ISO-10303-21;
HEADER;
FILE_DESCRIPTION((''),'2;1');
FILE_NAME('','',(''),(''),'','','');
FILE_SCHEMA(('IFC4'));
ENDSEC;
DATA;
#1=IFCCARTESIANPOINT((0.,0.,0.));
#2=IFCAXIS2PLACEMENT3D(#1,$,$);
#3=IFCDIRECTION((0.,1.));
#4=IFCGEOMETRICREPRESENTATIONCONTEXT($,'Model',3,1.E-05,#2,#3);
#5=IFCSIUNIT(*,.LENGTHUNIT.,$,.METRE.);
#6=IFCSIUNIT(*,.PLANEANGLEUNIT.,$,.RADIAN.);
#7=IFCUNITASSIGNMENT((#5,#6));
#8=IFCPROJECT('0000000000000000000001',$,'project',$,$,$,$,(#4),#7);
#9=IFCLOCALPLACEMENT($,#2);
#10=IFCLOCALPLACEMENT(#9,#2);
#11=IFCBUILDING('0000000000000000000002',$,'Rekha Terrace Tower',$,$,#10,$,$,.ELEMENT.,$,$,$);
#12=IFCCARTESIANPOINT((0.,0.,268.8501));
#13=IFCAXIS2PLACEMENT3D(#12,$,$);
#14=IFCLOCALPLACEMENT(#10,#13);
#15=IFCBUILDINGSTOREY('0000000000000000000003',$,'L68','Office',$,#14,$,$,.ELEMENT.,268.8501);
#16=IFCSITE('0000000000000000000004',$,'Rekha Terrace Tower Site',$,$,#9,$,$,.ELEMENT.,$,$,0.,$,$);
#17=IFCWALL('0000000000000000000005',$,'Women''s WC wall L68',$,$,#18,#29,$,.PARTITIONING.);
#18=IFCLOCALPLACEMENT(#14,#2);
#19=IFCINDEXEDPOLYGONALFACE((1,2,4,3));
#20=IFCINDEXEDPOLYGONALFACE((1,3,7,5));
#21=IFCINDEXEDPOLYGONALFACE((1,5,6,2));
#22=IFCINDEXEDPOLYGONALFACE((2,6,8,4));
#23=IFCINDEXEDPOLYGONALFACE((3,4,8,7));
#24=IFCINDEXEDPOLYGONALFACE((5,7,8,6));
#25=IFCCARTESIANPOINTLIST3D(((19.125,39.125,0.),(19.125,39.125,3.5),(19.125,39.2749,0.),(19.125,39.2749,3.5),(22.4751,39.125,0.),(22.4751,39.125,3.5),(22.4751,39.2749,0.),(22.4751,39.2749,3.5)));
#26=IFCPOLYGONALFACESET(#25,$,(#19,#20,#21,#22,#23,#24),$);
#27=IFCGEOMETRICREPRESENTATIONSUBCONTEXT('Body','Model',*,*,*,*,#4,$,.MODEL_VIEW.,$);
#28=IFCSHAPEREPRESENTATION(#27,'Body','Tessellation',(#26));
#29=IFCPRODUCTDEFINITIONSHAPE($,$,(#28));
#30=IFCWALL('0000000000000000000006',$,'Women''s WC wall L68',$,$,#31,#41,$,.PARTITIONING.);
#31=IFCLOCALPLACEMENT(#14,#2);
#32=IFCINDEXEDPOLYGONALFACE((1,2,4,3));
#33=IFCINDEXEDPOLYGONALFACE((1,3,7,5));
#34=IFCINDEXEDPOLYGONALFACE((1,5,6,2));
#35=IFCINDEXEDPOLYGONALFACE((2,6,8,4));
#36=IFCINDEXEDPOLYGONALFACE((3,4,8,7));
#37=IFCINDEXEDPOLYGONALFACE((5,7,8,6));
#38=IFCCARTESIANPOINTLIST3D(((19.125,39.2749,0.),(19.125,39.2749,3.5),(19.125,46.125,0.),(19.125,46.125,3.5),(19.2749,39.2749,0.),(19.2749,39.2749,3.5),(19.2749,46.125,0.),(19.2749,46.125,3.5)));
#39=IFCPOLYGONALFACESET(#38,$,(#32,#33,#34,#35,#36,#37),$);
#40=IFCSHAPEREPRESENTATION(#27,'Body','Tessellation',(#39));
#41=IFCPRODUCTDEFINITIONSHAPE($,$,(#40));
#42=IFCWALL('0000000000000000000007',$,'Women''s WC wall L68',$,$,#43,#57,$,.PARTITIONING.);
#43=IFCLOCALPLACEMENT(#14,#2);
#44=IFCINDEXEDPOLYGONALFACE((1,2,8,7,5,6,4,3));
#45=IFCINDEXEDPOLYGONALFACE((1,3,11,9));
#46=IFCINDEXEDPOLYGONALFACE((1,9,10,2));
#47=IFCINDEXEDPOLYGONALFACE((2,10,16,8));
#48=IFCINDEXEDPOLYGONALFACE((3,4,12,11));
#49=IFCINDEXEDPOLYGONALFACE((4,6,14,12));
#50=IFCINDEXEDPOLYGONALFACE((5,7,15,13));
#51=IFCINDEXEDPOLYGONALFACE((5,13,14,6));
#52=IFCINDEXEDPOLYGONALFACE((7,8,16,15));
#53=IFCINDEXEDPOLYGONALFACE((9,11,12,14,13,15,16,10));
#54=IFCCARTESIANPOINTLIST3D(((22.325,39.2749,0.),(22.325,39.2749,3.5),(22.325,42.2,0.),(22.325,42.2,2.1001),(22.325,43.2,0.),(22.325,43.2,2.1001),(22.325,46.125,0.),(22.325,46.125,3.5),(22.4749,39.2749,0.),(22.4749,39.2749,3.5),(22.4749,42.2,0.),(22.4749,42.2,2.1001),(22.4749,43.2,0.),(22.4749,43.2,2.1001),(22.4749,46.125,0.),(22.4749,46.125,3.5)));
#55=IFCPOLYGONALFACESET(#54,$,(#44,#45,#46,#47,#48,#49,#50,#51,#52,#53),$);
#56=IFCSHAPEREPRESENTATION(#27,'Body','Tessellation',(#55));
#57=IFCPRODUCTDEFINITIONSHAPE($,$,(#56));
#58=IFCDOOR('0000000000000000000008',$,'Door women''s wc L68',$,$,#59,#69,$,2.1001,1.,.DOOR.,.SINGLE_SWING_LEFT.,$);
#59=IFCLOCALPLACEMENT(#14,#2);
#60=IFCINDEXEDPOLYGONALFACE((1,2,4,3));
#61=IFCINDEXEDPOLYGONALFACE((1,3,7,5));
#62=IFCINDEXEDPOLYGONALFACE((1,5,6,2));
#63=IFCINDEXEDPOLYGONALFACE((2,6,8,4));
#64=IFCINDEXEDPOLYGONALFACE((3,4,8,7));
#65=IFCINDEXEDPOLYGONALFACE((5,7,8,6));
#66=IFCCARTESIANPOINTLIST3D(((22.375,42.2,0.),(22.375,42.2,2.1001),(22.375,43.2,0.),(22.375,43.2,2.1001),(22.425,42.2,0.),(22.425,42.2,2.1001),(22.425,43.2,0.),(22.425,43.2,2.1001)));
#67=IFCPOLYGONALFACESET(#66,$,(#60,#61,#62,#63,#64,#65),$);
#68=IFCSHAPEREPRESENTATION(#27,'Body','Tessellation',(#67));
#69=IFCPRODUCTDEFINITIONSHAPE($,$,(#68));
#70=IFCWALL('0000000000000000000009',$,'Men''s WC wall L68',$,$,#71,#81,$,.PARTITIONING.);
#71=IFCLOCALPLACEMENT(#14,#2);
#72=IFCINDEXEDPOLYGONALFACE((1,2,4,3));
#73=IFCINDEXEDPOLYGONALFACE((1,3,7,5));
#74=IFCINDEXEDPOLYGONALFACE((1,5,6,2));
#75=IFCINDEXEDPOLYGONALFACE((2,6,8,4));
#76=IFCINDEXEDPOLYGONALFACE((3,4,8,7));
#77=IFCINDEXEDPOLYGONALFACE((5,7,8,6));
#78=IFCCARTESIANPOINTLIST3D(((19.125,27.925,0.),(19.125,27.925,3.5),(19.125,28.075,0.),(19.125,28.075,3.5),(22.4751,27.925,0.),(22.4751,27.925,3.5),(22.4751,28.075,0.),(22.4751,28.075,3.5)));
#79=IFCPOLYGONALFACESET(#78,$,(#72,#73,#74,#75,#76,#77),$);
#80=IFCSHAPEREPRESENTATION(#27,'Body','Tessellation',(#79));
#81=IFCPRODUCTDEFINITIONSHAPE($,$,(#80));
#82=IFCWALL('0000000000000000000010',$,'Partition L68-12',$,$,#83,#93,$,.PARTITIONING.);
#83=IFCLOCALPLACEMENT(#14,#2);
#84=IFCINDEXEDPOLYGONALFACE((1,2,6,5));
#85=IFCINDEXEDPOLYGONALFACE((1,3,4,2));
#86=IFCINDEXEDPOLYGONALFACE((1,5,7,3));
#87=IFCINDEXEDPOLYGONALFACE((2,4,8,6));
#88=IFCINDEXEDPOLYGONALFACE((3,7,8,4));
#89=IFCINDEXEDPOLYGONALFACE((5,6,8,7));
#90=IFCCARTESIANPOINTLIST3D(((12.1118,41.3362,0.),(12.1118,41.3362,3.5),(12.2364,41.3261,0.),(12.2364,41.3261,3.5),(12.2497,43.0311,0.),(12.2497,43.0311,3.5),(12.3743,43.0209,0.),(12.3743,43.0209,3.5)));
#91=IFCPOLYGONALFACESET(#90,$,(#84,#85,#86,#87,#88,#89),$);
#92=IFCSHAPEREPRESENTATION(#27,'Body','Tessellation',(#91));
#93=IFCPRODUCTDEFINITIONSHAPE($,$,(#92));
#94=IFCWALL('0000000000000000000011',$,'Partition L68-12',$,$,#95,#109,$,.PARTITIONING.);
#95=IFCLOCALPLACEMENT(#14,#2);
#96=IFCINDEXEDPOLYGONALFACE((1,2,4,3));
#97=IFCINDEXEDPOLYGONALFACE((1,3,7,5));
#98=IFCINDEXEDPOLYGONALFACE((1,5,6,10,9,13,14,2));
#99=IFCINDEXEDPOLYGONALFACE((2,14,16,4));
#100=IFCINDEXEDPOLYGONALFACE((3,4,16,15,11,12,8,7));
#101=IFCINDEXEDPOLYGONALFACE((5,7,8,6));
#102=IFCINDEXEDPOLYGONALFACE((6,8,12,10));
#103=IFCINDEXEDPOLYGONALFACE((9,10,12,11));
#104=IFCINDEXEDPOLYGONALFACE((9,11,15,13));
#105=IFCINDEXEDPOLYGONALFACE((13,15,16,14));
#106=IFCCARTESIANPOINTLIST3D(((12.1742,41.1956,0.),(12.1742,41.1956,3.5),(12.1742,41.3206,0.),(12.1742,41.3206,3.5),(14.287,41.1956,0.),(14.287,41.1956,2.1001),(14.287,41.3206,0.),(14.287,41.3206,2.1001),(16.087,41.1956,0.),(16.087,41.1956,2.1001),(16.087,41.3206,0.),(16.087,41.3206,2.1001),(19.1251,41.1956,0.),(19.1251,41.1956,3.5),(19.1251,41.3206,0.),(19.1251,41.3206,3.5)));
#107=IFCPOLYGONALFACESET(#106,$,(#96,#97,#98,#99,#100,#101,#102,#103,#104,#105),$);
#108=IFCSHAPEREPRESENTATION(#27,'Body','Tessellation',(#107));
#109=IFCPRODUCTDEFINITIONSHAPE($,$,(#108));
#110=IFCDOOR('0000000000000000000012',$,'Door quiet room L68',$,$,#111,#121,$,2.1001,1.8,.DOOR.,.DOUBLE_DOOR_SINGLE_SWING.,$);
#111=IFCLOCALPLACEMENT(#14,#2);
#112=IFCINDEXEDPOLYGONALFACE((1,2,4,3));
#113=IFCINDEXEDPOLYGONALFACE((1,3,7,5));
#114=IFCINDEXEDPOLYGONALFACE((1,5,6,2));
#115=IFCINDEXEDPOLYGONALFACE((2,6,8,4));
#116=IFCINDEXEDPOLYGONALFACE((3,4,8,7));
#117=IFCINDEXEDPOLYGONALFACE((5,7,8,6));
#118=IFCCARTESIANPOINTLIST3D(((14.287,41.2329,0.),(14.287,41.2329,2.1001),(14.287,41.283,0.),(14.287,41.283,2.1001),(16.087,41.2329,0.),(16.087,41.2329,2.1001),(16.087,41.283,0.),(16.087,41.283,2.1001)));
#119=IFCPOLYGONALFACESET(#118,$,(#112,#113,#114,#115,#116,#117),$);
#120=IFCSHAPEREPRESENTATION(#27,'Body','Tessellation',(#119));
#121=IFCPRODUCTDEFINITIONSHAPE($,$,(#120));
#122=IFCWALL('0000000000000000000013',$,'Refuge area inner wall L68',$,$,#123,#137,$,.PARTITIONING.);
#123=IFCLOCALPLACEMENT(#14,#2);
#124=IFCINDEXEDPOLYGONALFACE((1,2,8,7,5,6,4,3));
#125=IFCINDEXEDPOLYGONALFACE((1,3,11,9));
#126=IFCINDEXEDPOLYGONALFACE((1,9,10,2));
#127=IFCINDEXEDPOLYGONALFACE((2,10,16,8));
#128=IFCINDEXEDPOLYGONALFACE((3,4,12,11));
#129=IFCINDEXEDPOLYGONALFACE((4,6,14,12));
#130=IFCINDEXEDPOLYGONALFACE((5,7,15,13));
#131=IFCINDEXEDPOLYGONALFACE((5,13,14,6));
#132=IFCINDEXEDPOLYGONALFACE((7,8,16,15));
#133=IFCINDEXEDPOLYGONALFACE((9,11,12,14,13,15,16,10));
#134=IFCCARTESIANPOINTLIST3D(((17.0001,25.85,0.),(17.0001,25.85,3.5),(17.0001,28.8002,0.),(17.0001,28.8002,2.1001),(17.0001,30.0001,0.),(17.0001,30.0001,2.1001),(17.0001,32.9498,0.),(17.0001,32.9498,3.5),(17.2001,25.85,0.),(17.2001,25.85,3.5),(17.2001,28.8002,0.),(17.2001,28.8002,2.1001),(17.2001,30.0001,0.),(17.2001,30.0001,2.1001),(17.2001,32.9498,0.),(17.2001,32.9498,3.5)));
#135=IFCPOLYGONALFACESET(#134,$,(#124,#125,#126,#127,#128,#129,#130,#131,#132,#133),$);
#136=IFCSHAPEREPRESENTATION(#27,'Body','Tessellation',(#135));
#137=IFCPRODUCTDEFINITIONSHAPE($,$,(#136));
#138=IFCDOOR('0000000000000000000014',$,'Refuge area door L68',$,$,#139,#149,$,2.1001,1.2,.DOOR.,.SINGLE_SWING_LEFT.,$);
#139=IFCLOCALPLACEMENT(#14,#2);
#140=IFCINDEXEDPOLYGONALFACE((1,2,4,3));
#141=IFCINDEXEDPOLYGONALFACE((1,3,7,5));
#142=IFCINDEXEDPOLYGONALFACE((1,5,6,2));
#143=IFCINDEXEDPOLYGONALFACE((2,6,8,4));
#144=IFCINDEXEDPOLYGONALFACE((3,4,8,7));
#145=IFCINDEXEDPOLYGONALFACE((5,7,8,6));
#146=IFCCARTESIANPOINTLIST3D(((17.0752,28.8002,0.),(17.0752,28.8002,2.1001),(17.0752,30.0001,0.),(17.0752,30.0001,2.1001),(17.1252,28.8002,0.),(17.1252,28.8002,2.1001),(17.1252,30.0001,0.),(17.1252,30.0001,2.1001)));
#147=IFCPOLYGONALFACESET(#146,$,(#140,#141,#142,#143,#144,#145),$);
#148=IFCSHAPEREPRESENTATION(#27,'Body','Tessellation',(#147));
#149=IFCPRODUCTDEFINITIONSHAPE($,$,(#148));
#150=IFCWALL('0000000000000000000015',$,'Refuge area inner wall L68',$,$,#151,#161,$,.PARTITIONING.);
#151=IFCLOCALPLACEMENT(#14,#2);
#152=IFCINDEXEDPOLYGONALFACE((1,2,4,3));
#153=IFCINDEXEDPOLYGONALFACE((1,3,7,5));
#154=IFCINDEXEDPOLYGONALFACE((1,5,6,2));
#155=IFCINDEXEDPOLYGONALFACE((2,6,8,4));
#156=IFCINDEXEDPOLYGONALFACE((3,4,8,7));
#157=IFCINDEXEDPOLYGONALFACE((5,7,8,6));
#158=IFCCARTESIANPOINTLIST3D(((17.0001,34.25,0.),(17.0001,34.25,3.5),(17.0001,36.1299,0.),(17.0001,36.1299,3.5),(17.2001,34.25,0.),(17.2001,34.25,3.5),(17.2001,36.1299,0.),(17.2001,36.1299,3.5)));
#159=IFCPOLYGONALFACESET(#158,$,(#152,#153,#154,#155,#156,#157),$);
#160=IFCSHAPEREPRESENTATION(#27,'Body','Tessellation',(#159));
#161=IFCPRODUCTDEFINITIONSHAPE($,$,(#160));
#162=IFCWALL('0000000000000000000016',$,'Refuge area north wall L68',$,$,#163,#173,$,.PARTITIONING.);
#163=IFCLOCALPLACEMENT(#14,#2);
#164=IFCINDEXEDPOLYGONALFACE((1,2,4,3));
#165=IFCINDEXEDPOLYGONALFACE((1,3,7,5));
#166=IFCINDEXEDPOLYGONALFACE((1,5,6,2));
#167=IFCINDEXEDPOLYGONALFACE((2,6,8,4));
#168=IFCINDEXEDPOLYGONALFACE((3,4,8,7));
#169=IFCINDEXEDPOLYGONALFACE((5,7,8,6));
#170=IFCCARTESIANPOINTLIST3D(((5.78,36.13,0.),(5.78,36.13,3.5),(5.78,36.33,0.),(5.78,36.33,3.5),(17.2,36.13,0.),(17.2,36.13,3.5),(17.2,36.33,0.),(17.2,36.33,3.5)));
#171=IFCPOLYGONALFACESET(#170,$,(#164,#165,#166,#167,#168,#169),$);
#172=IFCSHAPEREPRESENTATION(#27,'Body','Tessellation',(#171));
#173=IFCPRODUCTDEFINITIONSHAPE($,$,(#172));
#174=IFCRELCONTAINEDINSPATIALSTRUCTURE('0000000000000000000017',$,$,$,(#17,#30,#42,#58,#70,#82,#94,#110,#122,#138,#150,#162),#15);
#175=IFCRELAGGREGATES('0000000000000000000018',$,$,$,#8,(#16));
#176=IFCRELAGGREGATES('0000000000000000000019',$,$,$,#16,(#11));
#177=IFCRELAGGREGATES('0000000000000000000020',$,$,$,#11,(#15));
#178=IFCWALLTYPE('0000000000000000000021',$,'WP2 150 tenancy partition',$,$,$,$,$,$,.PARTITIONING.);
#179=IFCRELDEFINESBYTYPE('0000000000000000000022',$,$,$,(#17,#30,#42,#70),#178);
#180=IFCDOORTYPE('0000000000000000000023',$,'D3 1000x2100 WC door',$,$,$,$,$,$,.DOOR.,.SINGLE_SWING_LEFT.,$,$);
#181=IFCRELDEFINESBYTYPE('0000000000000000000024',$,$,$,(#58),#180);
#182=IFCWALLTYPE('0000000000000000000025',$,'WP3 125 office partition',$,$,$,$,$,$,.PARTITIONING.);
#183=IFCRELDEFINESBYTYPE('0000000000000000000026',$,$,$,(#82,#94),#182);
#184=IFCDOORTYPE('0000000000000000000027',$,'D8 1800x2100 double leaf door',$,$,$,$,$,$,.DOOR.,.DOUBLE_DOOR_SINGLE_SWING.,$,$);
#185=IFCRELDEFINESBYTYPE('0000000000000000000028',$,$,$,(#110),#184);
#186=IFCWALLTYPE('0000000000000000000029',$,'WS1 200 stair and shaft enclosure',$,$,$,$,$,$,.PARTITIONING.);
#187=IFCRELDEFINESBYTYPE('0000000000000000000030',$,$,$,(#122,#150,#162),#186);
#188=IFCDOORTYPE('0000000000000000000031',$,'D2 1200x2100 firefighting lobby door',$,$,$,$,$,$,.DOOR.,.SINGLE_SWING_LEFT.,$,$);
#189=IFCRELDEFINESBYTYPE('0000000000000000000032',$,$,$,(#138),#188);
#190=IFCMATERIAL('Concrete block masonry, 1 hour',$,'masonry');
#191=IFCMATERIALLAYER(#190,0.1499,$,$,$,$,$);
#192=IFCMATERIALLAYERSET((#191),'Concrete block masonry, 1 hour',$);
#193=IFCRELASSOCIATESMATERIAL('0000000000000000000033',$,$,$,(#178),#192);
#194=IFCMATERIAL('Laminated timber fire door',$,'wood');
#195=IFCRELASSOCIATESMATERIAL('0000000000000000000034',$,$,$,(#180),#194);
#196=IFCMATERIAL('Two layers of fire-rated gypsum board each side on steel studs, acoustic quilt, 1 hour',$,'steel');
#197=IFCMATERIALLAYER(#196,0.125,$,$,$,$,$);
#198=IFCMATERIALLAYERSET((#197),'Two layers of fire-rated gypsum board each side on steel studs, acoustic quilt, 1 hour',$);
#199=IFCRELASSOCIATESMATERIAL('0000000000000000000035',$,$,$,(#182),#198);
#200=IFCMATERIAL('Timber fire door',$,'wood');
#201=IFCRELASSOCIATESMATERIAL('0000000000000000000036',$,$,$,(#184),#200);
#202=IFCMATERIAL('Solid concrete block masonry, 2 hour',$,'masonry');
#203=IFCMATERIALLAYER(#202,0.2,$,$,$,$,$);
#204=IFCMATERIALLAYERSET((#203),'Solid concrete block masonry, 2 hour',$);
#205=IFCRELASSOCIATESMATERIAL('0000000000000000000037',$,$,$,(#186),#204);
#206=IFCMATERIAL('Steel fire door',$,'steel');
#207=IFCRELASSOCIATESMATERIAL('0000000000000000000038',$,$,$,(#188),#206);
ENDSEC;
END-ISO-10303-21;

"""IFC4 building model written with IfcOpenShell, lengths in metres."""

from ifc_helpers import new_model, si_unit, direction, frame, frame_2d, origin, place, context, subcontext, project, spatial, rectangle, extrude, material, layer, layer_set, type_object, element, fill, save


model = new_model("IFC4")

# Units and contexts
model_context = context("Model", 3, precision=1e-05, world=origin(), true_north=direction((0.0, 1.0)))
body_context = subcontext(model_context, "Body", "Model", "MODEL_VIEW")
ifc_project = project(units=[si_unit("LENGTHUNIT", "METRE"), si_unit("PLANEANGLEUNIT", "RADIAN")], contexts=[model_context])

# Site, building, storey
site_placement = place(None, origin())
site = spatial("IfcSite", under=ifc_project, at=site_placement, Name="Rekha Terrace Tower Site", CompositionType="ELEMENT", RefElevation=0.0)
building_placement = place(site_placement, origin())
building = spatial("IfcBuilding", under=site, at=building_placement, Name="Rekha Terrace Tower", CompositionType="ELEMENT")
storey_placement = place(building_placement, frame((0.0, 0.0, 268.8501)))
storey = spatial("IfcBuildingStorey", under=building, at=storey_placement, Name="L68", Description="Office", CompositionType="ELEMENT", Elevation=268.8501)

# Shared definitions
ifc_material_1 = material(Name="Steel fire door", Category="steel")

# Walls
ifc_material_2 = material(Name="Concrete block masonry, 1 hour", Category="masonry")
ifc_layer_1 = layer(ifc_material_2, 0.1499)
ifc_layer_set_1 = layer_set([ifc_layer_1], Name="Concrete block masonry, 1 hour")
wall_type_1 = type_object("IfcWallType", Name="WP2 150 tenancy partition", PredefinedType="PARTITIONING", material=ifc_layer_set_1)
wall_1_placement = place(storey_placement, frame((19.125, 39.2, 0.0), z_axis=(0.0, 0.0, 1.0), x_axis=(1.0, 0.0, 0.0)))
element("IfcWall", 1, at=wall_1_placement, inside=storey, type_object=wall_type_1, Name="Women's WC wall L68", PredefinedType="PARTITIONING", context=body_context, shape_type="SweptSolid", body=[
    extrude(rectangle(XDim=3.3501, YDim=0.1499, at=frame_2d((1.675, 0.0))), origin(), (0.0, 0.0, 1.0), 3.5),
])
wall_2_placement = place(storey_placement, frame((19.2, 39.2749, 0.0), z_axis=(0.0, 0.0, 1.0), x_axis=(0.0, 1.0, 0.0)))
element("IfcWall", 2, at=wall_2_placement, inside=storey, type_object=wall_type_1, Name="Women's WC wall L68", PredefinedType="PARTITIONING", context=body_context, shape_type="SweptSolid", body=[
    extrude(rectangle(XDim=6.8501, YDim=0.1499, at=frame_2d((3.425, 0.0))), origin(), (0.0, 0.0, 1.0), 3.5),
])

# Wall, opening, door
wall_3_placement = place(storey_placement, frame((22.3999, 39.2749, 0.0), z_axis=(0.0, 0.0, 1.0), x_axis=(0.0, 1.0, 0.0)))
wall_3 = element("IfcWall", 3, at=wall_3_placement, inside=storey, type_object=wall_type_1, Name="Women's WC wall L68", PredefinedType="PARTITIONING", context=body_context, shape_type="SweptSolid", body=[
    extrude(rectangle(XDim=6.8501, YDim=0.1499, at=frame_2d((3.425, 0.0))), origin(), (0.0, 0.0, 1.0), 3.5),
])
opening_1_placement = place(wall_3_placement, frame((2.925, 0.0, 0.0)))
opening_1 = element("IfcOpeningElement", 4, at=opening_1_placement, cuts=wall_3, PredefinedType="OPENING", context=body_context, shape_type="SweptSolid", body=[
    extrude(rectangle(XDim=1.0, YDim=2.1001, at=frame_2d((0.5, 1.05))), frame((0.0, 0.085, 0.0), z_axis=(0.0, -1.0, 0.0), x_axis=(1.0, 0.0, 0.0)), (0.0, 0.0, 1.0), 0.1699),
])
ifc_material_3 = material(Name="Laminated timber fire door", Category="wood")
door_type_1 = type_object("IfcDoorType", Name="D3 1000x2100 WC door", OperationType="SINGLE_SWING_LEFT", PredefinedType="DOOR", material=ifc_material_3)
door_1_placement = place(opening_1_placement, origin())
door_1 = element("IfcDoor", 5, at=door_1_placement, inside=storey, type_object=door_type_1, Name="Door women's wc L68", OperationType="SINGLE_SWING_LEFT", OverallHeight=2.1001, OverallWidth=1.0, PredefinedType="DOOR", context=body_context, shape_type="SweptSolid", body=[
    extrude(rectangle(XDim=1.0, YDim=2.1001, at=frame_2d((0.5, 1.05))), frame((0.0, 0.0249, 0.0), z_axis=(0.0, -1.0, 0.0), x_axis=(1.0, 0.0, 0.0)), (0.0, 0.0, 1.0), 0.05),
])
fill(opening_1, door_1)

# Walls
wall_4_placement = place(storey_placement, frame((19.125, 28.0, 0.0), z_axis=(0.0, 0.0, 1.0), x_axis=(1.0, 0.0, 0.0)))
element("IfcWall", 6, at=wall_4_placement, inside=storey, type_object=wall_type_1, Name="Men's WC wall L68", PredefinedType="PARTITIONING", context=body_context, shape_type="SweptSolid", body=[
    extrude(rectangle(XDim=3.3501, YDim=0.1499, at=frame_2d((1.675, 0.0))), origin(), (0.0, 0.0, 1.0), 3.5),
])
ifc_material_4 = material(Name="Two layers of fire-rated gypsum board each side on steel studs, acoustic quilt, 1 hour", Category="steel")
ifc_layer_2 = layer(ifc_material_4, 0.125)
ifc_layer_set_2 = layer_set([ifc_layer_2], Name="Two layers of fire-rated gypsum board each side on steel studs, acoustic quilt, 1 hour")
wall_type_2 = type_object("IfcWallType", Name="WP3 125 office partition", PredefinedType="PARTITIONING", material=ifc_layer_set_2)
wall_5_placement = place(storey_placement, frame((12.312, 43.0259, 0.0), z_axis=(0.0, 0.0, 1.0), x_axis=(-0.08112, -0.996704, 0.0)))
element("IfcWall", 7, at=wall_5_placement, inside=storey, type_object=wall_type_2, Name="Partition L68-12", PredefinedType="PARTITIONING", context=body_context, shape_type="SweptSolid", body=[
    extrude(rectangle(XDim=1.7004, YDim=0.125, at=frame_2d((0.8501, 0.0))), origin(), (0.0, 0.0, 1.0), 3.5),
])

# Walls, openings, doors
wall_6_placement = place(storey_placement, frame((12.1741, 41.2581, 0.0), z_axis=(0.0, 0.0, 1.0), x_axis=(1.0, 0.0, 0.0)))
wall_6 = element("IfcWall", 8, at=wall_6_placement, inside=storey, type_object=wall_type_2, Name="Partition L68-12", PredefinedType="PARTITIONING", context=body_context, shape_type="SweptSolid", body=[
    extrude(rectangle(XDim=6.9509, YDim=0.125, at=frame_2d((3.4756, 0.0))), origin(), (0.0, 0.0, 1.0), 3.5),
])
opening_2_placement = place(wall_6_placement, frame((2.113, 0.0, 0.0)))
opening_2 = element("IfcOpeningElement", 9, at=opening_2_placement, cuts=wall_6, PredefinedType="OPENING", context=body_context, shape_type="SweptSolid", body=[
    extrude(rectangle(XDim=1.8, YDim=2.1001, at=frame_2d((0.8999, 1.05))), frame((0.0, 0.0725, 0.0), z_axis=(0.0, -1.0, 0.0), x_axis=(1.0, 0.0, 0.0)), (0.0, 0.0, 1.0), 0.145),
])
ifc_material_5 = material(Name="Timber fire door", Category="wood")
door_type_2 = type_object("IfcDoorType", Name="D8 1800x2100 double leaf door", OperationType="DOUBLE_DOOR_SINGLE_SWING", PredefinedType="DOOR", material=ifc_material_5)
door_2_placement = place(opening_2_placement, origin())
door_2 = element("IfcDoor", 10, at=door_2_placement, inside=storey, type_object=door_type_2, Name="Door quiet room L68", OperationType="DOUBLE_DOOR_SINGLE_SWING", OverallHeight=2.1001, OverallWidth=1.8, PredefinedType="DOOR", context=body_context, shape_type="SweptSolid", body=[
    extrude(rectangle(XDim=1.8, YDim=2.1001, at=frame_2d((0.8999, 1.05))), frame((0.0, 0.0249, 0.0), z_axis=(0.0, -1.0, 0.0), x_axis=(1.0, 0.0, 0.0)), (0.0, 0.0, 1.0), 0.05),
])
fill(opening_2, door_2)
ifc_material_6 = material(Name="Solid concrete block masonry, 2 hour", Category="masonry")
ifc_layer_3 = layer(ifc_material_6, 0.2)
ifc_layer_set_3 = layer_set([ifc_layer_3], Name="Solid concrete block masonry, 2 hour")
wall_type_3 = type_object("IfcWallType", Name="WS1 200 stair and shaft enclosure", PredefinedType="PARTITIONING", material=ifc_layer_set_3)
wall_7_placement = place(storey_placement, frame((17.1001, 25.8501, 0.0), z_axis=(0.0, 0.0, 1.0), x_axis=(0.0, 1.0, 0.0)))
wall_7 = element("IfcWall", 11, at=wall_7_placement, inside=storey, type_object=wall_type_3, Name="Refuge area inner wall L68", PredefinedType="PARTITIONING", context=body_context, shape_type="SweptSolid", body=[
    extrude(rectangle(XDim=7.0999, YDim=0.2, at=frame_2d((3.5498, 0.0))), origin(), (0.0, 0.0, 1.0), 3.5),
])
opening_3_placement = place(wall_7_placement, frame((2.95, 0.0, 0.0)))
opening_3 = element("IfcOpeningElement", 12, at=opening_3_placement, cuts=wall_7, PredefinedType="OPENING", context=body_context, shape_type="SweptSolid", body=[
    extrude(rectangle(XDim=1.2, YDim=2.1001, at=frame_2d((0.6001, 1.05))), frame((0.0, 0.1099, 0.0), z_axis=(0.0, -1.0, 0.0), x_axis=(1.0, 0.0, 0.0)), (0.0, 0.0, 1.0), 0.22),
])
door_type_3 = type_object("IfcDoorType", Name="D2 1200x2100 firefighting lobby door", OperationType="SINGLE_SWING_LEFT", PredefinedType="DOOR", material=ifc_material_1)
door_3_placement = place(opening_3_placement, origin())
door_3 = element("IfcDoor", 13, at=door_3_placement, inside=storey, type_object=door_type_3, Name="Refuge area door L68", OperationType="SINGLE_SWING_LEFT", OverallHeight=2.1001, OverallWidth=1.2, PredefinedType="DOOR", context=body_context, shape_type="SweptSolid", body=[
    extrude(rectangle(XDim=1.2, YDim=2.1001, at=frame_2d((0.6001, 1.05))), frame((0.0, 0.0249, 0.0), z_axis=(0.0, -1.0, 0.0), x_axis=(1.0, 0.0, 0.0)), (0.0, 0.0, 1.0), 0.05),
])
fill(opening_3, door_3)

# Walls
wall_8_placement = place(storey_placement, frame((17.1001, 34.25, 0.0), z_axis=(0.0, 0.0, 1.0), x_axis=(0.0, 1.0, 0.0)))
element("IfcWall", 14, at=wall_8_placement, inside=storey, type_object=wall_type_3, Name="Refuge area inner wall L68", PredefinedType="PARTITIONING", context=body_context, shape_type="SweptSolid", body=[
    extrude(rectangle(XDim=1.8799, YDim=0.2, at=frame_2d((0.9399, 0.0))), origin(), (0.0, 0.0, 1.0), 3.5),
])
wall_9_placement = place(storey_placement, frame((5.78, 36.23, 0.0), z_axis=(0.0, 0.0, 1.0), x_axis=(1.0, 0.0, 0.0)))
element("IfcWall", 15, at=wall_9_placement, inside=storey, type_object=wall_type_3, Name="Refuge area north wall L68", PredefinedType="PARTITIONING", context=body_context, shape_type="SweptSolid", body=[
    extrude(rectangle(XDim=11.4199, YDim=0.2, at=frame_2d((5.71, 0.0))), origin(), (0.0, 0.0, 1.0), 3.5),
])

save(model, "model.ifc")
